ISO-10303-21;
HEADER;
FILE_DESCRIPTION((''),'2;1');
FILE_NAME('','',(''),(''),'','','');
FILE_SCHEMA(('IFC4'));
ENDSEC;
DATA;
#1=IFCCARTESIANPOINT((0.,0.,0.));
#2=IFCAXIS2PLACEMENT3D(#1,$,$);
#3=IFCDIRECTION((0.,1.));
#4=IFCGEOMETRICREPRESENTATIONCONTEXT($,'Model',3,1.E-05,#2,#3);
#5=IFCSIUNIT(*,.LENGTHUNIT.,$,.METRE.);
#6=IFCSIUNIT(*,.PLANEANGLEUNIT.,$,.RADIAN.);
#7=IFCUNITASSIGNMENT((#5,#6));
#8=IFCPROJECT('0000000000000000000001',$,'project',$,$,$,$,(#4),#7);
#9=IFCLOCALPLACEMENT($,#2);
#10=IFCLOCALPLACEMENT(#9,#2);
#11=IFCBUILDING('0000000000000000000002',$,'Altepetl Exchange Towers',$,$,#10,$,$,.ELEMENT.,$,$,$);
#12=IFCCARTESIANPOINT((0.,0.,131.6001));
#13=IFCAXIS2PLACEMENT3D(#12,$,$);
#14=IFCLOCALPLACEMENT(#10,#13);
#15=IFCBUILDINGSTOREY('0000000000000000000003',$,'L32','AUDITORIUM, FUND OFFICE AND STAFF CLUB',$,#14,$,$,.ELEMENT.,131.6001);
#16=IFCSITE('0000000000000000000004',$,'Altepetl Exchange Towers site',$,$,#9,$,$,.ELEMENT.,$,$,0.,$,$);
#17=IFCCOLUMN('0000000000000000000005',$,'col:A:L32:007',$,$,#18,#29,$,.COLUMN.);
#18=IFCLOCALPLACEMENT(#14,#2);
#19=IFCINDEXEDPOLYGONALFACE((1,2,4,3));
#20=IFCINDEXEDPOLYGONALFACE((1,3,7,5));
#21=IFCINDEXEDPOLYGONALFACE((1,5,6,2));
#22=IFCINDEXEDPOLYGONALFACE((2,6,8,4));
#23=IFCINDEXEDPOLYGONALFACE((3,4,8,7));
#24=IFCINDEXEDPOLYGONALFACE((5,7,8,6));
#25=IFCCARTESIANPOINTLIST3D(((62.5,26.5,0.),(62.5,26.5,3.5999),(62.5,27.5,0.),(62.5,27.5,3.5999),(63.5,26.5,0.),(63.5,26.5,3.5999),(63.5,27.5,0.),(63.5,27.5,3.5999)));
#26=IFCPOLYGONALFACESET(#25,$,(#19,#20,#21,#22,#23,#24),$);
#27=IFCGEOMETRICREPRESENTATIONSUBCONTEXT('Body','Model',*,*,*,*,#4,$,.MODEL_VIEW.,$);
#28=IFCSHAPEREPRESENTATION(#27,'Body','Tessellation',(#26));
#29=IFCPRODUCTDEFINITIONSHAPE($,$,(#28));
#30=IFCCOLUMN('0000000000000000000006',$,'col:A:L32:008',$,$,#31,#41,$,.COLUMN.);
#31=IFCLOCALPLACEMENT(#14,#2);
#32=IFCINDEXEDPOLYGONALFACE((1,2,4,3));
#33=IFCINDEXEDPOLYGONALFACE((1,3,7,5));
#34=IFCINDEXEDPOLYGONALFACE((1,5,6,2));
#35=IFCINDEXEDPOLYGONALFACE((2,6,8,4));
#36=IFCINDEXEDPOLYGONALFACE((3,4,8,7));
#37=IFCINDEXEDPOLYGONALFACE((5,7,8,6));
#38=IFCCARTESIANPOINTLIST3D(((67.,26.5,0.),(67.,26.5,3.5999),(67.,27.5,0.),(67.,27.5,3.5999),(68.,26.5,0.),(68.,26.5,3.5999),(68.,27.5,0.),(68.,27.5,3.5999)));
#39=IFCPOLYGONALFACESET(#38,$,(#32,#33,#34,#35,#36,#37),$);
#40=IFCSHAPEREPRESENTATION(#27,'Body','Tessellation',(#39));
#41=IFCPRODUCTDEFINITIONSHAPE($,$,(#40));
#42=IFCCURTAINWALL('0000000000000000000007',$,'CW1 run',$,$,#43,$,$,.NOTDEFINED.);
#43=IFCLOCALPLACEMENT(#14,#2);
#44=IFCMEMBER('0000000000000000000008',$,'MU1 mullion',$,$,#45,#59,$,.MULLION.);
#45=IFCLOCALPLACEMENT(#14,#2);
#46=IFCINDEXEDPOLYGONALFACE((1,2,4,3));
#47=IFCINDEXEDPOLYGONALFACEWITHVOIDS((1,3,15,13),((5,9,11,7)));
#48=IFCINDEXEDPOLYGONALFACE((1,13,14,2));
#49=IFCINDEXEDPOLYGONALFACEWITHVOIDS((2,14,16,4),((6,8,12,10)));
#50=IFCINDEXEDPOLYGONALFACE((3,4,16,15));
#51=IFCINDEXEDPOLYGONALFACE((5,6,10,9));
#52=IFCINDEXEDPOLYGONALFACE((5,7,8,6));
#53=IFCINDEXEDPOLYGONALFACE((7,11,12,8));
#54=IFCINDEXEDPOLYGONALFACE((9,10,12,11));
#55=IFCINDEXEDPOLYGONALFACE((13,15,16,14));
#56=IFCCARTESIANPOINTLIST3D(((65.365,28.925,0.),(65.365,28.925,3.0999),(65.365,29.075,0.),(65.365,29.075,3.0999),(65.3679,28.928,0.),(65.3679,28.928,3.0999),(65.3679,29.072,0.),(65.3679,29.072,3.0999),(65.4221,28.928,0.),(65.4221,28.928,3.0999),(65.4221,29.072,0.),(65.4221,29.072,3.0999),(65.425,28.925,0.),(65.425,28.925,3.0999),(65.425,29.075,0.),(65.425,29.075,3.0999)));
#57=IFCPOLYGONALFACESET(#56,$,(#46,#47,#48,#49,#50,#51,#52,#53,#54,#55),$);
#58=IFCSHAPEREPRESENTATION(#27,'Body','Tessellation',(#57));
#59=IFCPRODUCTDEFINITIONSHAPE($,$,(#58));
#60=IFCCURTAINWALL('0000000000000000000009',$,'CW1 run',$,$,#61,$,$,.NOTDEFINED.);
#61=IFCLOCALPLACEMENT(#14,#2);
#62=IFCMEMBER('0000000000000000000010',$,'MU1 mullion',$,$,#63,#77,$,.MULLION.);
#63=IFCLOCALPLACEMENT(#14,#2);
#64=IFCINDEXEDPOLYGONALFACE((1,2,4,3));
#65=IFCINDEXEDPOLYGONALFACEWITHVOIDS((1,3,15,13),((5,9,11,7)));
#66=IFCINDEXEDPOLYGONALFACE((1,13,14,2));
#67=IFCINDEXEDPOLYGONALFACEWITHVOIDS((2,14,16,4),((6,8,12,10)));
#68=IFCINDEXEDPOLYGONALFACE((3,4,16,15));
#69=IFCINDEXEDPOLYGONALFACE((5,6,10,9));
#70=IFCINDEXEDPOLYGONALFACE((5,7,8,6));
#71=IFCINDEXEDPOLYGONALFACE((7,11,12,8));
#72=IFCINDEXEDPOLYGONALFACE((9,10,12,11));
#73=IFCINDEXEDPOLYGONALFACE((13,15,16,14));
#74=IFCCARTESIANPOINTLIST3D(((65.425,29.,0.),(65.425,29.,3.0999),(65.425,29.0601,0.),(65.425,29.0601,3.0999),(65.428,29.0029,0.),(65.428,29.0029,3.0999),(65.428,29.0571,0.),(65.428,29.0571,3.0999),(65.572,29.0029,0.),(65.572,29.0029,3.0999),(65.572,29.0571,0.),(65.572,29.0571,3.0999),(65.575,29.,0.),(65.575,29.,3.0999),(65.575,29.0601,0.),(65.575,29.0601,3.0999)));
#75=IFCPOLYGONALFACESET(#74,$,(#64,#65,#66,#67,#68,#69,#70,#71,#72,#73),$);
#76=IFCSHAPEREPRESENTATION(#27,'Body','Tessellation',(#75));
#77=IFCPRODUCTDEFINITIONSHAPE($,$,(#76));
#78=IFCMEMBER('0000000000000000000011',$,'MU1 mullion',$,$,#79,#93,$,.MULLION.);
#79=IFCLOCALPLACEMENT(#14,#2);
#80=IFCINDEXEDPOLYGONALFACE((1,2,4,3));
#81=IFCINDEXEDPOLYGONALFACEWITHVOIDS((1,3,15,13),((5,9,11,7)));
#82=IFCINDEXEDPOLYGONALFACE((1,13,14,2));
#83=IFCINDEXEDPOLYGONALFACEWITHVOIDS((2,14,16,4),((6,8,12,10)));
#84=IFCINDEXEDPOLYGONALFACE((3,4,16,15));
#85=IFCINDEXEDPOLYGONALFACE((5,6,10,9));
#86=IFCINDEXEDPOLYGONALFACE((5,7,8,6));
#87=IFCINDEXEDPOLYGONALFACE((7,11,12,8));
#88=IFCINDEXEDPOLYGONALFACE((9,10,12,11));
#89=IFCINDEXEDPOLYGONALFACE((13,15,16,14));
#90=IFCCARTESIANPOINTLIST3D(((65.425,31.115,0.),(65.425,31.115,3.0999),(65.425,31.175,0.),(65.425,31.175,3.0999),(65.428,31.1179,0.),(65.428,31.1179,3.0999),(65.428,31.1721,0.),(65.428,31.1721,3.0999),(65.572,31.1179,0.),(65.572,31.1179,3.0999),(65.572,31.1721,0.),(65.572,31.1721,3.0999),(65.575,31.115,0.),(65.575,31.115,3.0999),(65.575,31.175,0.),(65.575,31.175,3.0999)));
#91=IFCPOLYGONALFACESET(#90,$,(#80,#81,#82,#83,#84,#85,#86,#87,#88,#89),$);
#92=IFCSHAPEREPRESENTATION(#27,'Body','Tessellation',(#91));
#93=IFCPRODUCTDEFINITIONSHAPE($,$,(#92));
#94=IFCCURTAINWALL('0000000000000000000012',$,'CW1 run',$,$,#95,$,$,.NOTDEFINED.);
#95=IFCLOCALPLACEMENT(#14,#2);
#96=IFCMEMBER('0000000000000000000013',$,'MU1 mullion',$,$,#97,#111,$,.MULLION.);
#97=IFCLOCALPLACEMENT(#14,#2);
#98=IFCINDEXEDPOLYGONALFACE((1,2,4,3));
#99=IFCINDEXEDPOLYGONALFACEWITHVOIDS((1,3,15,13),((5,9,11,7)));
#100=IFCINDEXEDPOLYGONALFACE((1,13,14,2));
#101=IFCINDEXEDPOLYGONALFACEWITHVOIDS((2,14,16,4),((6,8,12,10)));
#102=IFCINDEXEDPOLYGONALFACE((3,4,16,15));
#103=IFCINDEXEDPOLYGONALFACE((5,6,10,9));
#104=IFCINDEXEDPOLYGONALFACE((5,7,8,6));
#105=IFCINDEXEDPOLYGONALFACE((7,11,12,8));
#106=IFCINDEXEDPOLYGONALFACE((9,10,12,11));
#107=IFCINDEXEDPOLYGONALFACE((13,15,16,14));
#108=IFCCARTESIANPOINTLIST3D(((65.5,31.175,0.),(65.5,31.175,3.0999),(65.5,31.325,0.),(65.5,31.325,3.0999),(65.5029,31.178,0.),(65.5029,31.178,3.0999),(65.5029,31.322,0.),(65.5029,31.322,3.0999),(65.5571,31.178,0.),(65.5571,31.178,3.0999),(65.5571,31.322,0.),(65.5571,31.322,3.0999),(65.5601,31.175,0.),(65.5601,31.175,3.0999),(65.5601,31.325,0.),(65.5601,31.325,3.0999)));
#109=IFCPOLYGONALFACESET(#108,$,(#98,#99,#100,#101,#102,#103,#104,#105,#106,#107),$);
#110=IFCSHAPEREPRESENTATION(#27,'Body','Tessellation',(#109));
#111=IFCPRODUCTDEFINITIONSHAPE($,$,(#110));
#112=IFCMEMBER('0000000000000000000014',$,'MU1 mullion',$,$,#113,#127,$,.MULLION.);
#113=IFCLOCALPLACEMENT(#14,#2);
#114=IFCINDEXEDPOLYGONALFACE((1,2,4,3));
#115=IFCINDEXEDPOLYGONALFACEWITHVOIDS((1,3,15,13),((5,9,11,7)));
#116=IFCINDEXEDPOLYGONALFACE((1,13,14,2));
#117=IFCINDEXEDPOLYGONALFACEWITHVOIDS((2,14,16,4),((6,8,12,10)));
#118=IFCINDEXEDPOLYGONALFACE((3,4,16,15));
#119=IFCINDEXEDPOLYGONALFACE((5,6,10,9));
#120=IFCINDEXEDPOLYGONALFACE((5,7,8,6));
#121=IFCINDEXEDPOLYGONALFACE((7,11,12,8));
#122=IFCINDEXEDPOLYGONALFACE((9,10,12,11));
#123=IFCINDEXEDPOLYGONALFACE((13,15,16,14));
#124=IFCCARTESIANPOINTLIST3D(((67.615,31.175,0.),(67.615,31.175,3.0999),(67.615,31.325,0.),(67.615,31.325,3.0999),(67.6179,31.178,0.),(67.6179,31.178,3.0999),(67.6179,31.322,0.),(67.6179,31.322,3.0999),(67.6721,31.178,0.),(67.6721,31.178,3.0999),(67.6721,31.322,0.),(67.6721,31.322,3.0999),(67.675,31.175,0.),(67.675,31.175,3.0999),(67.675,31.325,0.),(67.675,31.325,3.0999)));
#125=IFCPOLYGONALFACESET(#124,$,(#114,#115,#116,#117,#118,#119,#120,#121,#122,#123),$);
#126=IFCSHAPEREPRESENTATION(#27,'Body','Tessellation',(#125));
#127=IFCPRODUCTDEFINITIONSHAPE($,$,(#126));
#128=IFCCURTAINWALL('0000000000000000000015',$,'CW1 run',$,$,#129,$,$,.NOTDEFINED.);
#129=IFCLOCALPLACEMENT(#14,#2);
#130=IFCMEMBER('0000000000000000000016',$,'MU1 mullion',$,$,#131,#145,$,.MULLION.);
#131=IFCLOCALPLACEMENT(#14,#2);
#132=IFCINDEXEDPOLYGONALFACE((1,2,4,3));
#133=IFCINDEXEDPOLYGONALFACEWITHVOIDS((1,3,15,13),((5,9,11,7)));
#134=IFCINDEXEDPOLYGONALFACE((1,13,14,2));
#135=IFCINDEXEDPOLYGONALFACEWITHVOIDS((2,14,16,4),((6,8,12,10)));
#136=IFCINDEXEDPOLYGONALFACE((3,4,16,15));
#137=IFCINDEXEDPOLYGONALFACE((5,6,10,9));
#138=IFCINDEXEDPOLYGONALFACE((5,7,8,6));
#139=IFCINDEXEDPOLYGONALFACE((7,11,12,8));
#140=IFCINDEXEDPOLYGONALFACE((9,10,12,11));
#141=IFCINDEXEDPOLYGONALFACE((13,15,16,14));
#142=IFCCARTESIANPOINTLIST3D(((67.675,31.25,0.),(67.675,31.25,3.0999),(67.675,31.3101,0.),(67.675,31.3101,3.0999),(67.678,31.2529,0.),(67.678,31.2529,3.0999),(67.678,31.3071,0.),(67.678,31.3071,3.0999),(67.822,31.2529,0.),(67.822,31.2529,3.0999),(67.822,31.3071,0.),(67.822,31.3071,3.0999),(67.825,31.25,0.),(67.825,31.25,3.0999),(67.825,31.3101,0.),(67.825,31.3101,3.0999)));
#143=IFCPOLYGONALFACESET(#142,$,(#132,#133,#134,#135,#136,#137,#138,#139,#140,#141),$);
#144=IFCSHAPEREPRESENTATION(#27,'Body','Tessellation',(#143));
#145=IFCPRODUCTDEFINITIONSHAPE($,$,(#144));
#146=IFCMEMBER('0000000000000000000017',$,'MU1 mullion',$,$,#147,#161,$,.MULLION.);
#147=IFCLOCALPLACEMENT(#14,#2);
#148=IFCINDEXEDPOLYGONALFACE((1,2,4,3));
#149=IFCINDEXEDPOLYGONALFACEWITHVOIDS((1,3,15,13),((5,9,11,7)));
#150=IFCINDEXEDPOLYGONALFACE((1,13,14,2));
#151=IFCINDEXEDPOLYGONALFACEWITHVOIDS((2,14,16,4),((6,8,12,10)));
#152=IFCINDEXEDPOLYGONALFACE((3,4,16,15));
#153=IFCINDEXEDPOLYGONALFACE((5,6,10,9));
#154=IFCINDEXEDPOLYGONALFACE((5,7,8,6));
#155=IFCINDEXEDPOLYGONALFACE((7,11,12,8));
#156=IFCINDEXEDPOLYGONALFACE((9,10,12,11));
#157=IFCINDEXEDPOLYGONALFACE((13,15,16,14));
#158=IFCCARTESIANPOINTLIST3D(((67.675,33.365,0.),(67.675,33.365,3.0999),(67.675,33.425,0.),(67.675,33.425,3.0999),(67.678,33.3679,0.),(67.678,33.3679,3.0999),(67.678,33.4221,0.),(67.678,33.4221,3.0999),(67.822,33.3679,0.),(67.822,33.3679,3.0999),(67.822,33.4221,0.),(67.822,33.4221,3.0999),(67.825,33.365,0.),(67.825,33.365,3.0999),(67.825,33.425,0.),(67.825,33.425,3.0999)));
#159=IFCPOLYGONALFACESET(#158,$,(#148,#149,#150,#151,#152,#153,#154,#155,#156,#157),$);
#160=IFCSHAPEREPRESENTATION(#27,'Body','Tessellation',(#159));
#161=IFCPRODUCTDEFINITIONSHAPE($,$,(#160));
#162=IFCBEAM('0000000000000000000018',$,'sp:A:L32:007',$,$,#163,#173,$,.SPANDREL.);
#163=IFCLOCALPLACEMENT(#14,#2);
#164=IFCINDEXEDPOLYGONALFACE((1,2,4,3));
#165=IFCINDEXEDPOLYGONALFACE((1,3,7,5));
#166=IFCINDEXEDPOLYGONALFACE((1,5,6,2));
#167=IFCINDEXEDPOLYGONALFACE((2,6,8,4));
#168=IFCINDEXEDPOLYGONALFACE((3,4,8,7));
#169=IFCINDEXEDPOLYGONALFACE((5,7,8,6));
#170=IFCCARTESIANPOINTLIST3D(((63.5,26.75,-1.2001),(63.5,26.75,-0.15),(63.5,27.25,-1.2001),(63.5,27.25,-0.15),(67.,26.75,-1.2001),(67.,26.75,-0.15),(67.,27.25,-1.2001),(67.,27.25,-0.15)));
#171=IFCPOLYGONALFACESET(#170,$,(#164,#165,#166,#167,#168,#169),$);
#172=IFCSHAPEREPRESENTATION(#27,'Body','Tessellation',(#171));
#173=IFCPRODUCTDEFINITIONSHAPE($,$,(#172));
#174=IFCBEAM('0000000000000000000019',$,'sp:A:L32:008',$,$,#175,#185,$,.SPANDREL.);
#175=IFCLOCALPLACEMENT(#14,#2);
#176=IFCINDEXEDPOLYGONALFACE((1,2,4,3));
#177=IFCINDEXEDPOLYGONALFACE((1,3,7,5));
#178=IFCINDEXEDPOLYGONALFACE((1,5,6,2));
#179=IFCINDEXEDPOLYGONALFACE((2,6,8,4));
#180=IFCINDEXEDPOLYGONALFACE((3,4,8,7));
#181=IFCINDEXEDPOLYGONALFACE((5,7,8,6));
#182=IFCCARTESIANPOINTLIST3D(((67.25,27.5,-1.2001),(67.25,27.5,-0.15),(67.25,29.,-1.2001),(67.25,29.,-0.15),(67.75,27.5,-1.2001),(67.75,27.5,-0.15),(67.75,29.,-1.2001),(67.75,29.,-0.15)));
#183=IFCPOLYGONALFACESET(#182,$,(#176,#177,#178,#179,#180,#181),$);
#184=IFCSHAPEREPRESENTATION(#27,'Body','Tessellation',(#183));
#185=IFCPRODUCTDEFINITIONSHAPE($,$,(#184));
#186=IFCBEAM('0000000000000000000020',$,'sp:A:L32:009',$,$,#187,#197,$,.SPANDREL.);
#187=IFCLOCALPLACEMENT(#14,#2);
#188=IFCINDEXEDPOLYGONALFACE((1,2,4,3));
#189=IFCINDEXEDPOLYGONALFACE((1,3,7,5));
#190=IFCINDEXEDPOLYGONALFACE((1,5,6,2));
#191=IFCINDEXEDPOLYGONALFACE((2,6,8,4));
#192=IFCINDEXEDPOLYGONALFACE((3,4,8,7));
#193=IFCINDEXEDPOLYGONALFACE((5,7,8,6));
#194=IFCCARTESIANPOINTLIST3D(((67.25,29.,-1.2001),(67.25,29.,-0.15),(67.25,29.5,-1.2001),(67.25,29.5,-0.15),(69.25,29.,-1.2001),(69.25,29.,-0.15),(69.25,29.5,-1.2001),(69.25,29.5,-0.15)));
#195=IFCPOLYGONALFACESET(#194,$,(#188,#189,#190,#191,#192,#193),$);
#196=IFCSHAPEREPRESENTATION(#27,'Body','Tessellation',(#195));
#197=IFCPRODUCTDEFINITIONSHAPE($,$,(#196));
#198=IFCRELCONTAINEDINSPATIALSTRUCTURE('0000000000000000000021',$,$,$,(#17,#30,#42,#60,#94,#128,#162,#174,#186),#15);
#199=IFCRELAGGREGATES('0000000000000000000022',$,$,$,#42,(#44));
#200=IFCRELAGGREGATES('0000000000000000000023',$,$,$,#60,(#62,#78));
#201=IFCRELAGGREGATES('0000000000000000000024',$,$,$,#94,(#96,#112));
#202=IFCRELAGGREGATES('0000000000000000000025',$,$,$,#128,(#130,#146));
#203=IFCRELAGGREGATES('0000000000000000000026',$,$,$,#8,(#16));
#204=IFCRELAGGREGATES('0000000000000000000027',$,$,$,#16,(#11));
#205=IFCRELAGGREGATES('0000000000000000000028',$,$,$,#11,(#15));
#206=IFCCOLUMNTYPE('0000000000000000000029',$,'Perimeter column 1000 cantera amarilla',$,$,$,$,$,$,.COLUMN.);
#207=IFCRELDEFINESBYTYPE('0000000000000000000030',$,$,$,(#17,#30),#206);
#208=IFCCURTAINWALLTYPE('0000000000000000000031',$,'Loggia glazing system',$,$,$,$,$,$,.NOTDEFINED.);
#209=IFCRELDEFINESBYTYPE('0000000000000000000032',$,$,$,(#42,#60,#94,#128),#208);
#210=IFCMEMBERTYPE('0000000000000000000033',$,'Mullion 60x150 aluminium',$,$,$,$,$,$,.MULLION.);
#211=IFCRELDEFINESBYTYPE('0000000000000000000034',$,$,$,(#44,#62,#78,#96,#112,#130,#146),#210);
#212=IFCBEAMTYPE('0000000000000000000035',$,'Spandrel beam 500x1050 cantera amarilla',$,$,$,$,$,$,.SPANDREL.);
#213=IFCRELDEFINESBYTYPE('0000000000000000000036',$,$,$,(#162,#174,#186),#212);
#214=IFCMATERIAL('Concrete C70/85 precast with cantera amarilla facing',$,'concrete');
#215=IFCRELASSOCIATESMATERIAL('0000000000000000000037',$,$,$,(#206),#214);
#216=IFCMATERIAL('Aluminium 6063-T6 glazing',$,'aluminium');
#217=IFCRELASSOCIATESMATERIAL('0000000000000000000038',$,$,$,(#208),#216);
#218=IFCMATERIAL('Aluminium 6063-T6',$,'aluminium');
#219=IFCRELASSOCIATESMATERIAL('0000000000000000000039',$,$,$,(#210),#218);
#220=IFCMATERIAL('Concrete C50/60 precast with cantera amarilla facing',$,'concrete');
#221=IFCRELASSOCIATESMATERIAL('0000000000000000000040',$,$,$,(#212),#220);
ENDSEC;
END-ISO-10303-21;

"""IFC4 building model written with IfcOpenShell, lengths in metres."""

from ifc_helpers import new_model, si_unit, direction, frame, origin, origin_2d, place, context, subcontext, project, spatial, rectangle, hollow_rectangle, extrude, material, material_profile, profile_set, type_object, element, aggregate, save


model = new_model("IFC4")

# Units and contexts
model_context = context("Model", 3, precision=1e-05, world=origin(), true_north=direction((0.0, 1.0)))
body_context = subcontext(model_context, "Body", "Model", "MODEL_VIEW")
ifc_project = project(units=[si_unit("LENGTHUNIT", "METRE"), si_unit("PLANEANGLEUNIT", "RADIAN")], contexts=[model_context])

# Site, building, storey
site_placement = place(None, origin())
site = spatial("IfcSite", under=ifc_project, at=site_placement, Name="Altepetl Exchange Towers site", CompositionType="ELEMENT", RefElevation=0.0)
building_placement = place(site_placement, origin())
building = spatial("IfcBuilding", under=site, at=building_placement, Name="Altepetl Exchange Towers", CompositionType="ELEMENT")
storey_placement = place(building_placement, frame((0.0, 0.0, 131.6001)))
storey = spatial("IfcBuildingStorey", under=building, at=storey_placement, Name="L32", Description="AUDITORIUM, FUND OFFICE AND STAFF CLUB", CompositionType="ELEMENT", Elevation=131.6001)

# Columns
ifc_material_1 = material(Name="Concrete C70/85 precast with cantera amarilla facing", Category="concrete")
ifc_material_profile_1 = material_profile(ifc_material_1, rectangle(XDim=1.0, YDim=1.0, at=origin_2d()), Name="1000 x 1000")
ifc_profile_set_1 = profile_set([ifc_material_profile_1], Name="Concrete C70/85 precast with cantera amarilla facing")
column_type = type_object("IfcColumnType", Name="Perimeter column 1000 cantera amarilla", PredefinedType="COLUMN", material=ifc_profile_set_1)
for number, where, name in (
    (1, (63.0, 27.0, 0.0), "col:A:L32:007"),
    (2, (67.5, 27.0, 0.0), "col:A:L32:008"),
):
    element("IfcColumn", number, at=place(storey_placement, frame(where)), inside=storey, type_object=column_type, Name=name, PredefinedType="COLUMN", context=body_context, shape_type="SweptSolid", body=[
        extrude(rectangle(XDim=1.0, YDim=1.0, at=origin_2d()), origin(), (0.0, 0.0, 1.0), 3.5999),
    ])

# Curtain wall, member
ifc_material_2 = material(Name="Aluminium 6063-T6 glazing", Category="aluminium")
curtain_wall_type = type_object("IfcCurtainWallType", Name="Loggia glazing system", PredefinedType="NOTDEFINED", material=ifc_material_2)
curtain_wall_1_placement = place(storey_placement, origin())
curtain_wall_1 = element("IfcCurtainWall", 3, at=curtain_wall_1_placement, inside=storey, type_object=curtain_wall_type, Name="CW1 run", PredefinedType="NOTDEFINED")
ifc_material_3 = material(Name="Aluminium 6063-T6", Category="aluminium")
ifc_material_profile_2 = material_profile(ifc_material_3, hollow_rectangle(XDim=0.0601, YDim=0.1499, WallThickness=0.0029, at=origin_2d()), Name="Mullion 60x150 aluminium")
ifc_profile_set_2 = profile_set([ifc_material_profile_2], Name="Aluminium 6063-T6")
member_type = type_object("IfcMemberType", Name="Mullion 60x150 aluminium", PredefinedType="MULLION", material=ifc_profile_set_2)
member_1_placement = place(storey_placement, frame((65.395, 29.0, 0.0)))
member_1 = element("IfcMember", 4, at=member_1_placement, type_object=member_type, Name="MU1 mullion", PredefinedType="MULLION", context=body_context, shape_type="SweptSolid", body=[
    extrude(hollow_rectangle(XDim=0.0601, YDim=0.1499, WallThickness=0.0029, at=origin_2d()), origin(), (0.0, 0.0, 1.0), 3.0999),
])

# Curtain walls, members
curtain_wall_2_placement = place(storey_placement, origin())
curtain_wall_2 = element("IfcCurtainWall", 5, at=curtain_wall_2_placement, inside=storey, type_object=curtain_wall_type, Name="CW1 run", PredefinedType="NOTDEFINED")
member_2_placement = place(storey_placement, frame((65.5, 29.03, 0.0), z_axis=(0.0, 0.0, 1.0), x_axis=(0.0, 1.0, 0.0)))
member_2 = element("IfcMember", 6, at=member_2_placement, type_object=member_type, Name="MU1 mullion", PredefinedType="MULLION", context=body_context, shape_type="SweptSolid", body=[
    extrude(hollow_rectangle(XDim=0.0601, YDim=0.1499, WallThickness=0.0029, at=origin_2d()), origin(), (0.0, 0.0, 1.0), 3.0999),
])
member_3_placement = place(storey_placement, frame((65.5, 31.145, 0.0), z_axis=(0.0, 0.0, 1.0), x_axis=(0.0, 1.0, 0.0)))
member_3 = element("IfcMember", 7, at=member_3_placement, type_object=member_type, Name="MU1 mullion", PredefinedType="MULLION", context=body_context, shape_type="SweptSolid", body=[
    extrude(hollow_rectangle(XDim=0.0601, YDim=0.1499, WallThickness=0.0029, at=origin_2d()), origin(), (0.0, 0.0, 1.0), 3.0999),
])
curtain_wall_3_placement = place(storey_placement, origin())
curtain_wall_3 = element("IfcCurtainWall", 8, at=curtain_wall_3_placement, inside=storey, type_object=curtain_wall_type, Name="CW1 run", PredefinedType="NOTDEFINED")
member_4_placement = place(storey_placement, frame((65.53, 31.25, 0.0)))
member_4 = element("IfcMember", 9, at=member_4_placement, type_object=member_type, Name="MU1 mullion", PredefinedType="MULLION", context=body_context, shape_type="SweptSolid", body=[
    extrude(hollow_rectangle(XDim=0.0601, YDim=0.1499, WallThickness=0.0029, at=origin_2d()), origin(), (0.0, 0.0, 1.0), 3.0999),
])
member_5_placement = place(storey_placement, frame((67.645, 31.25, 0.0)))
member_5 = element("IfcMember", 10, at=member_5_placement, type_object=member_type, Name="MU1 mullion", PredefinedType="MULLION", context=body_context, shape_type="SweptSolid", body=[
    extrude(hollow_rectangle(XDim=0.0601, YDim=0.1499, WallThickness=0.0029, at=origin_2d()), origin(), (0.0, 0.0, 1.0), 3.0999),
])
curtain_wall_4_placement = place(storey_placement, origin())
curtain_wall_4 = element("IfcCurtainWall", 11, at=curtain_wall_4_placement, inside=storey, type_object=curtain_wall_type, Name="CW1 run", PredefinedType="NOTDEFINED")
member_6_placement = place(storey_placement, frame((67.75, 31.28, 0.0), z_axis=(0.0, 0.0, 1.0), x_axis=(0.0, 1.0, 0.0)))
member_6 = element("IfcMember", 12, at=member_6_placement, type_object=member_type, Name="MU1 mullion", PredefinedType="MULLION", context=body_context, shape_type="SweptSolid", body=[
    extrude(hollow_rectangle(XDim=0.0601, YDim=0.1499, WallThickness=0.0029, at=origin_2d()), origin(), (0.0, 0.0, 1.0), 3.0999),
])
member_7_placement = place(storey_placement, frame((67.75, 33.395, 0.0), z_axis=(0.0, 0.0, 1.0), x_axis=(0.0, 1.0, 0.0)))
member_7 = element("IfcMember", 13, at=member_7_placement, type_object=member_type, Name="MU1 mullion", PredefinedType="MULLION", context=body_context, shape_type="SweptSolid", body=[
    extrude(hollow_rectangle(XDim=0.0601, YDim=0.1499, WallThickness=0.0029, at=origin_2d()), origin(), (0.0, 0.0, 1.0), 3.0999),
])

# Beams
ifc_material_4 = material(Name="Concrete C50/60 precast with cantera amarilla facing", Category="concrete")
ifc_material_profile_3 = material_profile(ifc_material_4, rectangle(XDim=0.5, YDim=1.05, at=origin_2d()), Name="500 x 1050")
ifc_profile_set_3 = profile_set([ifc_material_profile_3], Name="Concrete C50/60 precast with cantera amarilla facing")
beam_type = type_object("IfcBeamType", Name="Spandrel beam 500x1050 cantera amarilla", PredefinedType="SPANDREL", material=ifc_profile_set_3)
beam_1_placement = place(storey_placement, frame((63.5, 27.0, -0.675), z_axis=(1.0, 0.0, 0.0), x_axis=(0.0, 1.0, 0.0)))
element("IfcBeam", 14, at=beam_1_placement, inside=storey, type_object=beam_type, Name="sp:A:L32:007", PredefinedType="SPANDREL", context=body_context, shape_type="SweptSolid", body=[
    extrude(rectangle(XDim=0.5, YDim=1.05, at=origin_2d()), origin(), (0.0, 0.0, 1.0), 3.5),
])
beam_2_placement = place(storey_placement, frame((67.5, 27.5, -0.675), z_axis=(0.0, 1.0, 0.0), x_axis=(-1.0, 0.0, 0.0)))
element("IfcBeam", 15, at=beam_2_placement, inside=storey, type_object=beam_type, Name="sp:A:L32:008", PredefinedType="SPANDREL", context=body_context, shape_type="SweptSolid", body=[
    extrude(rectangle(XDim=0.5, YDim=1.05, at=origin_2d()), origin(), (0.0, 0.0, 1.0), 1.5),
])
beam_3_placement = place(storey_placement, frame((67.25, 29.25, -0.675), z_axis=(1.0, 0.0, 0.0), x_axis=(0.0, 1.0, 0.0)))
element("IfcBeam", 16, at=beam_3_placement, inside=storey, type_object=beam_type, Name="sp:A:L32:009", PredefinedType="SPANDREL", context=body_context, shape_type="SweptSolid", body=[
    extrude(rectangle(XDim=0.5, YDim=1.05, at=origin_2d()), origin(), (0.0, 0.0, 1.0), 2.0),
])

aggregate(curtain_wall_1, [member_1])
aggregate(curtain_wall_2, [member_2, member_3])
aggregate(curtain_wall_3, [member_4, member_5])
aggregate(curtain_wall_4, [member_6, member_7])

save(model, "model.ifc")
